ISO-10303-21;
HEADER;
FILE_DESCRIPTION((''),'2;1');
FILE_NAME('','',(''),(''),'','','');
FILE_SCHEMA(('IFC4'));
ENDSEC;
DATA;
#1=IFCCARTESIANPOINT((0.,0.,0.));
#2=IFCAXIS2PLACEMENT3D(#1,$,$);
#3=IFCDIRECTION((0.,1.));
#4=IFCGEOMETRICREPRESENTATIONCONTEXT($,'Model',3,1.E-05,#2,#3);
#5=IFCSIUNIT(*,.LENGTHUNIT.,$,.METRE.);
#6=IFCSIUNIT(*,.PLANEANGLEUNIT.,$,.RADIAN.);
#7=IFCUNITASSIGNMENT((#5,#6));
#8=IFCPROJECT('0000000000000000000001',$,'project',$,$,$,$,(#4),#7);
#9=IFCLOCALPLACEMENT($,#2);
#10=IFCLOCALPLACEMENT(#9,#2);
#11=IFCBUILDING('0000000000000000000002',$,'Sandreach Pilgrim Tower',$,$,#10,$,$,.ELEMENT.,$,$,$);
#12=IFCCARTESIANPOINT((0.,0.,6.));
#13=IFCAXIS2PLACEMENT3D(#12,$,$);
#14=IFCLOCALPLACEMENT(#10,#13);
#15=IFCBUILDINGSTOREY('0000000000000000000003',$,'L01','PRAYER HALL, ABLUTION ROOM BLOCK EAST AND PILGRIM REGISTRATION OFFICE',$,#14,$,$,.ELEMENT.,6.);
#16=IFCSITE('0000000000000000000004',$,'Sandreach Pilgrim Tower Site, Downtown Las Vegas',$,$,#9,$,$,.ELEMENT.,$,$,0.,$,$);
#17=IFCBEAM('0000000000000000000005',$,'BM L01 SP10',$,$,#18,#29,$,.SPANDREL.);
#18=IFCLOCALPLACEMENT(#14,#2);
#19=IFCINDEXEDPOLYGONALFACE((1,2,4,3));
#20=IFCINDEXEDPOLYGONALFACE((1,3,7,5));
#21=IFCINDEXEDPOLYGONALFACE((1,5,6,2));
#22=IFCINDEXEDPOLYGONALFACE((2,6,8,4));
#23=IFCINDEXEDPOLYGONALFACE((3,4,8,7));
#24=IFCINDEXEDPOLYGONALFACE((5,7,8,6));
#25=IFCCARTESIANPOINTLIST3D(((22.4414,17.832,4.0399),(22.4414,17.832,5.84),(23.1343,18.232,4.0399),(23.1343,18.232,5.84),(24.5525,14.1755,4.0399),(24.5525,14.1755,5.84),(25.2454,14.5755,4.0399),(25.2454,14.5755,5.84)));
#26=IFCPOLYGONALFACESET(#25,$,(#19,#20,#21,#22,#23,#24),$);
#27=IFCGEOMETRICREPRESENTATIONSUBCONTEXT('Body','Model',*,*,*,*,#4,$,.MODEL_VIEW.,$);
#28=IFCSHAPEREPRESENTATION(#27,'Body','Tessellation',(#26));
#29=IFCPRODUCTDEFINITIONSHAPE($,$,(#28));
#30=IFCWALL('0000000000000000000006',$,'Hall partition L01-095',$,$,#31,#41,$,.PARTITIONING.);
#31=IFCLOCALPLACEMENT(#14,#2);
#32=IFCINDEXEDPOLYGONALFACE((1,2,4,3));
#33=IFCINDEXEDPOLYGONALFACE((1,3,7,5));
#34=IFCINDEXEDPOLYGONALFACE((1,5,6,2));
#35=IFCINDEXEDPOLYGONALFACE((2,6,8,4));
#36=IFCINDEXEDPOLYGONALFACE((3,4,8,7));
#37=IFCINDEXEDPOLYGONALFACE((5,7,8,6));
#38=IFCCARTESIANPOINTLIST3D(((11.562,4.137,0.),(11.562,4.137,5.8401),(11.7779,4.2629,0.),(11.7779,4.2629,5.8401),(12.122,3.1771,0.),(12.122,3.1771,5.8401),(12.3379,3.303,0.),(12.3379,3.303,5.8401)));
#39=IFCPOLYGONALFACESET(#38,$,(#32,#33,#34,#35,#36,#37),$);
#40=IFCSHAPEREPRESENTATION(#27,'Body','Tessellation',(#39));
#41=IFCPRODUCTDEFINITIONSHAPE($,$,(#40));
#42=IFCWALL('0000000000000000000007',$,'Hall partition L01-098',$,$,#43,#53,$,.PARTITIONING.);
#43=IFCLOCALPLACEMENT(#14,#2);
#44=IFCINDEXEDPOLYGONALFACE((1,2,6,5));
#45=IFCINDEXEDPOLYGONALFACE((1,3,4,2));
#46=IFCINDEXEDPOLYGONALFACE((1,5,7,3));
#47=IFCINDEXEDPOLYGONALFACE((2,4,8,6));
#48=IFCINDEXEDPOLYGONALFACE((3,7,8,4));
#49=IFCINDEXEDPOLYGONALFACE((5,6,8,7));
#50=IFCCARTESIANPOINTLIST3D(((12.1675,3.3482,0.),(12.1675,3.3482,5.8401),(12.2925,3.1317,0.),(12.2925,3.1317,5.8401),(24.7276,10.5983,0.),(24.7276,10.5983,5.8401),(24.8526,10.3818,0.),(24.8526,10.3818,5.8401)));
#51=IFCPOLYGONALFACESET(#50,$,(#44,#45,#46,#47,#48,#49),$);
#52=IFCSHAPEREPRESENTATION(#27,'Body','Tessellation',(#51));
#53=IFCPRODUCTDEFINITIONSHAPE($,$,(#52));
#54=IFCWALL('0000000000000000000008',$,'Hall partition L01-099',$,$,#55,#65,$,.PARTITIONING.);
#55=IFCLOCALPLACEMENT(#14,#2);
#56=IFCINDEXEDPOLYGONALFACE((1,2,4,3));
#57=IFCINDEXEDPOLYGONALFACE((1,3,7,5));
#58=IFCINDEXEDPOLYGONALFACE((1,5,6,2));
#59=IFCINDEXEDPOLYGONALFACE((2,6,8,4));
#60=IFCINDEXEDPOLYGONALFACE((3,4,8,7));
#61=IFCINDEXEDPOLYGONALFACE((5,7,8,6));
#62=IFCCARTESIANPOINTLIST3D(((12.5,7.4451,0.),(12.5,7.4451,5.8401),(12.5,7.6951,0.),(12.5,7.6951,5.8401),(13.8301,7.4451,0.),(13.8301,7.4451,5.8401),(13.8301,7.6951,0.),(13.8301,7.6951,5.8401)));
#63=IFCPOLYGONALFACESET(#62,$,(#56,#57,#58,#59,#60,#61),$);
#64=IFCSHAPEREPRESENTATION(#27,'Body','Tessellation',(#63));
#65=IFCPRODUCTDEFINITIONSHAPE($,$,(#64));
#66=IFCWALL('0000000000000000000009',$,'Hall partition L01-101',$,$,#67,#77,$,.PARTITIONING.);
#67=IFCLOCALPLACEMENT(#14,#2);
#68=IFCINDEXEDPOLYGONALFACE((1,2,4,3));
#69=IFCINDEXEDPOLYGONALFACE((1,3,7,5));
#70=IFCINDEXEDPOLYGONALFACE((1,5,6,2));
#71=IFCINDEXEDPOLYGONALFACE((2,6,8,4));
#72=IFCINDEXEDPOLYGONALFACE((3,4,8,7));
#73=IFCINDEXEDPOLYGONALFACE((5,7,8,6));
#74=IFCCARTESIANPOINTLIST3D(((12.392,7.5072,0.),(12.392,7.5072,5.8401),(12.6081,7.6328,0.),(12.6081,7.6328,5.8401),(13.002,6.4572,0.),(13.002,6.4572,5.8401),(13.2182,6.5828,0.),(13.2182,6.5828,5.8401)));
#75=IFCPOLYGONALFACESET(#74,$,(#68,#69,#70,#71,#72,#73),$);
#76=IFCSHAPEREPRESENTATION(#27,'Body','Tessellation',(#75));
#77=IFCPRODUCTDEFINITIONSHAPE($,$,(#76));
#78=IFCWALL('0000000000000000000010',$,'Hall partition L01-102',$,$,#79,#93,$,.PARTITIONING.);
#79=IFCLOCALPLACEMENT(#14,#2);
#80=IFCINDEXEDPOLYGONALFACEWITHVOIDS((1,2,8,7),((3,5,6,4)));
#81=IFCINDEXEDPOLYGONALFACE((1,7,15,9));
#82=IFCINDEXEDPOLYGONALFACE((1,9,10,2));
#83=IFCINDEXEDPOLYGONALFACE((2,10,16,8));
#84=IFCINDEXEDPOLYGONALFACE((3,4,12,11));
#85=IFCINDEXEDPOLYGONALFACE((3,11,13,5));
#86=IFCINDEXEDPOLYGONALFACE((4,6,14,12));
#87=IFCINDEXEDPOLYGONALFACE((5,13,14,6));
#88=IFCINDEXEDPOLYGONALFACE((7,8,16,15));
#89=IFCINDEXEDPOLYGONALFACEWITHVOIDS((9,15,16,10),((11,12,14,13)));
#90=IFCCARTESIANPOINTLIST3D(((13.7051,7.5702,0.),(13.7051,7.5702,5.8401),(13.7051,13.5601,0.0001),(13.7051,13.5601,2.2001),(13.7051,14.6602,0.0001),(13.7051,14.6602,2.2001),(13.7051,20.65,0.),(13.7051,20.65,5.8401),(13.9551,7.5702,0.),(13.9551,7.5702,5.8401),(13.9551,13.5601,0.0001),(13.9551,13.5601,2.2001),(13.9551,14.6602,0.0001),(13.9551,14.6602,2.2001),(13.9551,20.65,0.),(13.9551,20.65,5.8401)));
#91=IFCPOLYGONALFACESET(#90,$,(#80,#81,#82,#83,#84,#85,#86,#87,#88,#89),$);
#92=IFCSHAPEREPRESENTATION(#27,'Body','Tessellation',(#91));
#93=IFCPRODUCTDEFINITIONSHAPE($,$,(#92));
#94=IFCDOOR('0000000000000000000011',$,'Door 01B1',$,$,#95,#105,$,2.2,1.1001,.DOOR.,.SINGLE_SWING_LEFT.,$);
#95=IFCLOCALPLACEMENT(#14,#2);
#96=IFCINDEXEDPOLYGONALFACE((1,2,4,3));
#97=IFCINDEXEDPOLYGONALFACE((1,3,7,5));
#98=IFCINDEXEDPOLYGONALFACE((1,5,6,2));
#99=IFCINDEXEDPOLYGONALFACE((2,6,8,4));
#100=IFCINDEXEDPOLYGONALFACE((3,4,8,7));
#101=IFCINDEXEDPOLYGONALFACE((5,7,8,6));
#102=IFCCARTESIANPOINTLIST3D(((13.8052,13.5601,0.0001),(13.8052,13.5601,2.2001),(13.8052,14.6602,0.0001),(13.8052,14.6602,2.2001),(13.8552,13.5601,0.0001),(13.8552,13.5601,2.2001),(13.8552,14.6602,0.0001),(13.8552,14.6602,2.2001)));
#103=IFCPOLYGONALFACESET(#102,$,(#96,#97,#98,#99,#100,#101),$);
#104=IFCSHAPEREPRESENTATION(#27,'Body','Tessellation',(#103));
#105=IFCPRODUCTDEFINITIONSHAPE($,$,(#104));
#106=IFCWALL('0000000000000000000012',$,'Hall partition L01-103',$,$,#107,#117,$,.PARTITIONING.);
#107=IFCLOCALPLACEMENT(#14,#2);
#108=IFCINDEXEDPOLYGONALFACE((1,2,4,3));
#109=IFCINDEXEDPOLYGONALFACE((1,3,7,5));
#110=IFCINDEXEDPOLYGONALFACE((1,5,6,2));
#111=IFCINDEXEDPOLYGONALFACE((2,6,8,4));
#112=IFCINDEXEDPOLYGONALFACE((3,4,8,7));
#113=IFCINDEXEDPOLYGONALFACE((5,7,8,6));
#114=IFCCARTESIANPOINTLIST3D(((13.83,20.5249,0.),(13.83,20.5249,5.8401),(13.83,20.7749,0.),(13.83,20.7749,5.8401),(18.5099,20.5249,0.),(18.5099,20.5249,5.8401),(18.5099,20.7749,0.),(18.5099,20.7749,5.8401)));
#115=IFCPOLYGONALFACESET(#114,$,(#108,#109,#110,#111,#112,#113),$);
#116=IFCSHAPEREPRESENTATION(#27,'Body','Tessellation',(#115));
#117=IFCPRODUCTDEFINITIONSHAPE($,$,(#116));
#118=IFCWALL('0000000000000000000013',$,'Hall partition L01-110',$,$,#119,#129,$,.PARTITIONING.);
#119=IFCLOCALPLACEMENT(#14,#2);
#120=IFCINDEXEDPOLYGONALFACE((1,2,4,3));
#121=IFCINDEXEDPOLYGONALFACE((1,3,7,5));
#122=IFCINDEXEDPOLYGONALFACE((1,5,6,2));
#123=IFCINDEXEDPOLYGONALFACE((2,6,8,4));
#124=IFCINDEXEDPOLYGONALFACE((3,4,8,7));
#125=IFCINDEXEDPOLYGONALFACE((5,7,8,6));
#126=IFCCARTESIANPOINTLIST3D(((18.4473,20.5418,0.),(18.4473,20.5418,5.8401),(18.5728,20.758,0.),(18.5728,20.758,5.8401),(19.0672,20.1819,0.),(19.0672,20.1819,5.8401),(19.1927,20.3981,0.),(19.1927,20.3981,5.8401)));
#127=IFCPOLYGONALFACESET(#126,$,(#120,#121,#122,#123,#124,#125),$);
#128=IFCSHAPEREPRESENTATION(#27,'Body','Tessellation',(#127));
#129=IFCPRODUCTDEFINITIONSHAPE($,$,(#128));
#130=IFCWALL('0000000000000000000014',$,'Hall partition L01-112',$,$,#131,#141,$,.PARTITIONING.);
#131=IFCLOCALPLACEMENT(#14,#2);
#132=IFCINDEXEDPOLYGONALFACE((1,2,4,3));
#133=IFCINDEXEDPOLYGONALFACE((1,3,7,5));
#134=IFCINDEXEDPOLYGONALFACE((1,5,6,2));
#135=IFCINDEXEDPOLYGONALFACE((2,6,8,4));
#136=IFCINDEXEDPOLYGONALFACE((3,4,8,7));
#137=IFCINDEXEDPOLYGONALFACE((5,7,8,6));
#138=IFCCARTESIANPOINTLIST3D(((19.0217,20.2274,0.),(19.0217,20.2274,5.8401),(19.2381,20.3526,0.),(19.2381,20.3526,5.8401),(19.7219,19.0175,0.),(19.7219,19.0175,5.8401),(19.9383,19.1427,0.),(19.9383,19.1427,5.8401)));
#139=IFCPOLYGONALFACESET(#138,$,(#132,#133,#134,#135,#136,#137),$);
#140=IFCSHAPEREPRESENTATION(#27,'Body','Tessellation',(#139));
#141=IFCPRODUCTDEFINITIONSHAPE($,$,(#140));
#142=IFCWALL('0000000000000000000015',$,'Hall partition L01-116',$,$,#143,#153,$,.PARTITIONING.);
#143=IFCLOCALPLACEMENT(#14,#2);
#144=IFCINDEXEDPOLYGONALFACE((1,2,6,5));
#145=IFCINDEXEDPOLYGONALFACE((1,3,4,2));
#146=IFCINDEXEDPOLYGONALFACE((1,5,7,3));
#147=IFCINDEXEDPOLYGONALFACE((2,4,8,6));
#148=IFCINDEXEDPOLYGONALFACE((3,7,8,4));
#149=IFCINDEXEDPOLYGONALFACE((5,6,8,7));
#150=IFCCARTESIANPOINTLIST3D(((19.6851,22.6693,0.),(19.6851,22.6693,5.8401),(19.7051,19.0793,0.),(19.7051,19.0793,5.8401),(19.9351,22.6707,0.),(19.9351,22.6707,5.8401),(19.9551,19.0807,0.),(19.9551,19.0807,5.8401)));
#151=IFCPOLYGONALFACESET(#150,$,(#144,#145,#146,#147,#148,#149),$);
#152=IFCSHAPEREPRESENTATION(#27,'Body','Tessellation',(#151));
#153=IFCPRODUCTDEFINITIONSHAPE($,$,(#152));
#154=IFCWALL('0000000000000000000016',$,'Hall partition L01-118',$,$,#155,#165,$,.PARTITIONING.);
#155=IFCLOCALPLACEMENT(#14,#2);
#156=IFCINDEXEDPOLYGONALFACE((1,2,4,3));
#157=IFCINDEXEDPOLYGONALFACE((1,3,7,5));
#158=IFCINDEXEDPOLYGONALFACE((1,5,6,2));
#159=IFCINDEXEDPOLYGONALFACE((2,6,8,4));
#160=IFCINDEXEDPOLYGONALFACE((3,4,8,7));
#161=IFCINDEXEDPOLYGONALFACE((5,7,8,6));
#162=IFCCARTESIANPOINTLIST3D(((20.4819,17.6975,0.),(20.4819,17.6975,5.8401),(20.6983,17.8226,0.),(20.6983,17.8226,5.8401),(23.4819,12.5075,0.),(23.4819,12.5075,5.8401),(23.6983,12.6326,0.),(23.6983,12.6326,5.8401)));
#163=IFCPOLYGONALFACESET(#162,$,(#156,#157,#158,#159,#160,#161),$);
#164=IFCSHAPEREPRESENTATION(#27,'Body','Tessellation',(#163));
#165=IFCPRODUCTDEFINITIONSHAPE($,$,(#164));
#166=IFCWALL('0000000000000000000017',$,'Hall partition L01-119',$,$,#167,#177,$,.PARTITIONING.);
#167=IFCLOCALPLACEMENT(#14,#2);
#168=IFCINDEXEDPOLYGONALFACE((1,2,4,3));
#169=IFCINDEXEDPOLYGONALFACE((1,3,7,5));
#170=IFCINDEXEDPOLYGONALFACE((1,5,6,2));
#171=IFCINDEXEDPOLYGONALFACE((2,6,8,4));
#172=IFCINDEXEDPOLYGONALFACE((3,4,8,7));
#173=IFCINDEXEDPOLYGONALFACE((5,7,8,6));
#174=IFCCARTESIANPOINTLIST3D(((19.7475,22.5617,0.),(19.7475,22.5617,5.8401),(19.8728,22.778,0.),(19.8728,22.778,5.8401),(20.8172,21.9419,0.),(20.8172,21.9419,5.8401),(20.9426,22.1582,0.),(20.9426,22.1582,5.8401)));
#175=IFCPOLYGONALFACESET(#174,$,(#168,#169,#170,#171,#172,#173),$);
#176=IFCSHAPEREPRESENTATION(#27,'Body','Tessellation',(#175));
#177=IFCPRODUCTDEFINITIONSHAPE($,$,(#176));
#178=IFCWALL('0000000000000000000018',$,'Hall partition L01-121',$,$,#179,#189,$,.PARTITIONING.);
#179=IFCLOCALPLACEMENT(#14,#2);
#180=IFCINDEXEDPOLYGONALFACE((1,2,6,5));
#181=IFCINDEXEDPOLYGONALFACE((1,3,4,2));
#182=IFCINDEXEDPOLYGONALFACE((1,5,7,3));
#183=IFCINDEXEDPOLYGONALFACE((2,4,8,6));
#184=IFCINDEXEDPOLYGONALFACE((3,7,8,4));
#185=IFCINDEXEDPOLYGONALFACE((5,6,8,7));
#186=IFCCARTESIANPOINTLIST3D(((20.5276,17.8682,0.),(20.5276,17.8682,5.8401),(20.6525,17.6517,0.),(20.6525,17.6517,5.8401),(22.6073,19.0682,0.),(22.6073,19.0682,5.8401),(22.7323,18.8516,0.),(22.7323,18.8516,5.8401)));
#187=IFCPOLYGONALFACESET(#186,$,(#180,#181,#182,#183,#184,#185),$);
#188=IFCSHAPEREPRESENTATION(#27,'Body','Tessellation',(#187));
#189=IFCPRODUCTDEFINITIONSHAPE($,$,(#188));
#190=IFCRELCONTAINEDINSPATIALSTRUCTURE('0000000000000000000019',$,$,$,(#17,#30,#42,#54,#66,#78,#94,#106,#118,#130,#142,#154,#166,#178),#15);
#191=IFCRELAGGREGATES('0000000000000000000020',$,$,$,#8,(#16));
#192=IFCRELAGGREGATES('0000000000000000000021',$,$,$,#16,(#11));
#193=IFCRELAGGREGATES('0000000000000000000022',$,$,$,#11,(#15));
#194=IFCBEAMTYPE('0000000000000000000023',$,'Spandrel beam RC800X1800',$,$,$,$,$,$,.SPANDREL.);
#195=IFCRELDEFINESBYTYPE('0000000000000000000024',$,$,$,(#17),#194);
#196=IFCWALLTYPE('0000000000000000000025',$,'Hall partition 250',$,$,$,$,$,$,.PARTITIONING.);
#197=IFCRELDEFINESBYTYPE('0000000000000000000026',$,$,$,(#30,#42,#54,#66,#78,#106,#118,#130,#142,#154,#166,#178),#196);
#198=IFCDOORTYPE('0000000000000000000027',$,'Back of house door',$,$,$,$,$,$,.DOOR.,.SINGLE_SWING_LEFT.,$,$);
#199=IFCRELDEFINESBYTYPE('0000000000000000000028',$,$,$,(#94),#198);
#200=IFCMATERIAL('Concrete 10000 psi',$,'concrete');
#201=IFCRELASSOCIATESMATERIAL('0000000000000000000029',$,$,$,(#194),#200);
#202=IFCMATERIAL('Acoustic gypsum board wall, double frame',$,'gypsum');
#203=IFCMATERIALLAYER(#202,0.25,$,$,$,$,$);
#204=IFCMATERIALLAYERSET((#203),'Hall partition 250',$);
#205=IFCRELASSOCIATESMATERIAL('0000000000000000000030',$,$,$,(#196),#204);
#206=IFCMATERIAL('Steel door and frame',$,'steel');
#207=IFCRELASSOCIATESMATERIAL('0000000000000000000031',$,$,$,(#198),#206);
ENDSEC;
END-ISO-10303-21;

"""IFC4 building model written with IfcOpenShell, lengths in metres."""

from ifc_helpers import new_model, si_unit, direction, frame, frame_2d, origin, origin_2d, place, context, subcontext, project, spatial, rectangle, extrude, material, layer, layer_set, material_profile, profile_set, type_object, element, fill, save


model = new_model("IFC4")

# Units and contexts
model_context = context("Model", 3, precision=1e-05, world=origin(), true_north=direction((0.0, 1.0)))
body_context = subcontext(model_context, "Body", "Model", "MODEL_VIEW")
ifc_project = project(units=[si_unit("LENGTHUNIT", "METRE"), si_unit("PLANEANGLEUNIT", "RADIAN")], contexts=[model_context])

# Site, building, storey
site_placement = place(None, origin())
site = spatial("IfcSite", under=ifc_project, at=site_placement, Name="Sandreach Pilgrim Tower Site, Downtown Las Vegas", CompositionType="ELEMENT", RefElevation=0.0)
building_placement = place(site_placement, origin())
building = spatial("IfcBuilding", under=site, at=building_placement, Name="Sandreach Pilgrim Tower", CompositionType="ELEMENT")
storey_placement = place(building_placement, frame((0.0, 0.0, 6.0)))
storey = spatial("IfcBuildingStorey", under=building, at=storey_placement, Name="L01", Description="PRAYER HALL, ABLUTION ROOM BLOCK EAST AND PILGRIM REGISTRATION OFFICE", CompositionType="ELEMENT", Elevation=6.0)

# Beam
ifc_material_1 = material(Name="Concrete 10000 psi", Category="concrete")
ifc_material_profile_1 = material_profile(ifc_material_1, rectangle(XDim=0.8, YDim=1.8, at=origin_2d()), Name="RC800X1800")
ifc_profile_set_1 = profile_set([ifc_material_profile_1], Name="Concrete 10000 psi")
beam_type_1 = type_object("IfcBeamType", Name="Spandrel beam RC800X1800", PredefinedType="SPANDREL", material=ifc_profile_set_1)
beam_1_placement = place(storey_placement, frame((22.7878, 18.032, 4.9399), z_axis=(0.500001, -0.866025, 0.0), x_axis=(0.866025, 0.500001, 0.0)))
element("IfcBeam", 1, at=beam_1_placement, inside=storey, type_object=beam_type_1, Name="BM L01 SP10", PredefinedType="SPANDREL", context=body_context, shape_type="SweptSolid", body=[
    extrude(rectangle(XDim=0.8, YDim=1.8, at=origin_2d()), origin(), (0.0, 0.0, 1.0), 4.2222),
])

# Walls
ifc_material_2 = material(Name="Acoustic gypsum board wall, double frame", Category="gypsum")
ifc_layer = layer(ifc_material_2, 0.25)
ifc_layer_set = layer_set([ifc_layer], Name="Hall partition 250")
wall_type = type_object("IfcWallType", Name="Hall partition 250", PredefinedType="PARTITIONING", material=ifc_layer_set)
wall_1_placement = place(storey_placement, frame((11.6699, 4.2, 0.0), z_axis=(0.0, 0.0, 1.0), x_axis=(0.503926, -0.863747, 0.0)))
element("IfcWall", 2, at=wall_1_placement, inside=storey, type_object=wall_type, Name="Hall partition L01-095", PredefinedType="PARTITIONING", context=body_context, shape_type="SweptSolid", body=[
    extrude(rectangle(XDim=1.1113, YDim=0.25, at=frame_2d((0.5557, 0.0))), origin(), (0.0, 0.0, 1.0), 5.8401),
])
wall_2_placement = place(storey_placement, frame((12.23, 3.24, 0.0), z_axis=(0.0, 0.0, 1.0), x_axis=(0.866072, 0.49992, 0.0)))
element("IfcWall", 3, at=wall_2_placement, inside=storey, type_object=wall_type, Name="Hall partition L01-098", PredefinedType="PARTITIONING", context=body_context, shape_type="SweptSolid", body=[
    extrude(rectangle(XDim=14.5024, YDim=0.25, at=frame_2d((7.2512, 0.0))), origin(), (0.0, 0.0, 1.0), 5.8401),
])
wall_3_placement = place(storey_placement, frame((12.5, 7.5701, 0.0), z_axis=(0.0, 0.0, 1.0), x_axis=(1.0, 0.0, 0.0)))
element("IfcWall", 4, at=wall_3_placement, inside=storey, type_object=wall_type, Name="Hall partition L01-099", PredefinedType="PARTITIONING", context=body_context, shape_type="SweptSolid", body=[
    extrude(rectangle(XDim=1.3301, YDim=0.25, at=frame_2d((0.665, 0.0))), origin(), (0.0, 0.0, 1.0), 5.8401),
])
wall_4_placement = place(storey_placement, frame((13.1101, 6.52, 0.0), z_axis=(0.0, 0.0, 1.0), x_axis=(-0.502383, 0.864645, 0.0)))
element("IfcWall", 5, at=wall_4_placement, inside=storey, type_object=wall_type, Name="Hall partition L01-101", PredefinedType="PARTITIONING", context=body_context, shape_type="SweptSolid", body=[
    extrude(rectangle(XDim=1.2144, YDim=0.25, at=frame_2d((0.6072, 0.0))), origin(), (0.0, 0.0, 1.0), 5.8401),
])

# Wall, opening, door
wall_5_placement = place(storey_placement, frame((13.8301, 7.5701, 0.0), z_axis=(0.0, 0.0, 1.0), x_axis=(0.0, 1.0, 0.0)))
wall_5 = element("IfcWall", 6, at=wall_5_placement, inside=storey, type_object=wall_type, Name="Hall partition L01-102", PredefinedType="PARTITIONING", context=body_context, shape_type="SweptSolid", body=[
    extrude(rectangle(XDim=13.0798, YDim=0.25, at=frame_2d((6.54, 0.0))), origin(), (0.0, 0.0, 1.0), 5.8401),
])
opening_placement = place(wall_5_placement, frame((5.99, 0.0, 0.0)))
opening = element("IfcOpeningElement", 7, at=opening_placement, cuts=wall_5, PredefinedType="OPENING", context=body_context, shape_type="SweptSolid", body=[
    extrude(rectangle(XDim=1.1001, YDim=2.2, at=frame_2d((0.55, 1.1001))), frame((0.0, 0.125, 0.0), z_axis=(0.0, -1.0, 0.0), x_axis=(1.0, 0.0, 0.0)), (0.0, 0.0, 1.0), 0.25),
])
ifc_material_3 = material(Name="Steel door and frame", Category="steel")
door_type = type_object("IfcDoorType", Name="Back of house door", OperationType="SINGLE_SWING_LEFT", PredefinedType="DOOR", material=ifc_material_3)
door_placement = place(opening_placement, origin())
door = element("IfcDoor", 8, at=door_placement, inside=storey, type_object=door_type, Name="Door 01B1", OperationType="SINGLE_SWING_LEFT", OverallHeight=2.2, OverallWidth=1.1001, PredefinedType="DOOR", context=body_context, shape_type="SweptSolid", body=[
    extrude(rectangle(XDim=1.1001, YDim=2.2, at=frame_2d((0.55, 1.1001))), frame((0.0, 0.0249, 0.0), z_axis=(0.0, -1.0, 0.0), x_axis=(1.0, 0.0, 0.0)), (0.0, 0.0, 1.0), 0.05),
])
fill(opening, door)

# Walls
wall_6_placement = place(storey_placement, frame((13.8301, 20.6499, 0.0), z_axis=(0.0, 0.0, 1.0), x_axis=(1.0, 0.0, 0.0)))
element("IfcWall", 9, at=wall_6_placement, inside=storey, type_object=wall_type, Name="Hall partition L01-103", PredefinedType="PARTITIONING", context=body_context, shape_type="SweptSolid", body=[
    extrude(rectangle(XDim=4.6799, YDim=0.25, at=frame_2d((2.3398, 0.0))), origin(), (0.0, 0.0, 1.0), 5.8401),
])
wall_7_placement = place(storey_placement, frame((18.51, 20.6499, 0.0), z_axis=(0.0, 0.0, 1.0), x_axis=(0.864827, -0.50207, 0.0)))
element("IfcWall", 10, at=wall_7_placement, inside=storey, type_object=wall_type, Name="Hall partition L01-110", PredefinedType="PARTITIONING", context=body_context, shape_type="SweptSolid", body=[
    extrude(rectangle(XDim=0.7168, YDim=0.25, at=frame_2d((0.3584, 0.0))), origin(), (0.0, 0.0, 1.0), 5.8401),
])
wall_8_placement = place(storey_placement, frame((19.1299, 20.29, 0.0), z_axis=(0.0, 0.0, 1.0), x_axis=(0.500871, -0.865522, 0.0)))
element("IfcWall", 11, at=wall_8_placement, inside=storey, type_object=wall_type, Name="Hall partition L01-112", PredefinedType="PARTITIONING", context=body_context, shape_type="SweptSolid", body=[
    extrude(rectangle(XDim=1.3979, YDim=0.25, at=frame_2d((0.699, 0.0))), origin(), (0.0, 0.0, 1.0), 5.8401),
])
wall_9_placement = place(storey_placement, frame((19.8301, 19.0801, 0.0), z_axis=(0.0, 0.0, 1.0), x_axis=(-0.005576, 0.999984, 0.0)))
element("IfcWall", 12, at=wall_9_placement, inside=storey, type_object=wall_type, Name="Hall partition L01-116", PredefinedType="PARTITIONING", context=body_context, shape_type="SweptSolid", body=[
    extrude(rectangle(XDim=3.5901, YDim=0.25, at=frame_2d((1.7949, 0.0))), origin(), (0.0, 0.0, 1.0), 5.8401),
])
wall_10_placement = place(storey_placement, frame((20.5901, 17.76, 0.0), z_axis=(0.0, 0.0, 1.0), x_axis=(0.500449, -0.865766, 0.0)))
element("IfcWall", 13, at=wall_10_placement, inside=storey, type_object=wall_type, Name="Hall partition L01-118", PredefinedType="PARTITIONING", context=body_context, shape_type="SweptSolid", body=[
    extrude(rectangle(XDim=5.9946, YDim=0.25, at=frame_2d((2.9973, 0.0))), origin(), (0.0, 0.0, 1.0), 5.8401),
])
wall_11_placement = place(storey_placement, frame((20.8799, 22.05, 0.0), z_axis=(0.0, 0.0, 1.0), x_axis=(-0.86525, 0.50134, 0.0)))
element("IfcWall", 14, at=wall_11_placement, inside=storey, type_object=wall_type, Name="Hall partition L01-119", PredefinedType="PARTITIONING", context=body_context, shape_type="SweptSolid", body=[
    extrude(rectangle(XDim=1.2363, YDim=0.25, at=frame_2d((0.6182, 0.0))), origin(), (0.0, 0.0, 1.0), 5.8401),
])
wall_12_placement = place(storey_placement, frame((22.6699, 18.96, 0.0), z_axis=(0.0, 0.0, 1.0), x_axis=(-0.866177, -0.499737, 0.0)))
element("IfcWall", 15, at=wall_12_placement, inside=storey, type_object=wall_type, Name="Hall partition L01-121", PredefinedType="PARTITIONING", context=body_context, shape_type="SweptSolid", body=[
    extrude(rectangle(XDim=2.4011, YDim=0.25, at=frame_2d((1.2007, 0.0))), origin(), (0.0, 0.0, 1.0), 5.8401),
])

save(model, "model.ifc")
